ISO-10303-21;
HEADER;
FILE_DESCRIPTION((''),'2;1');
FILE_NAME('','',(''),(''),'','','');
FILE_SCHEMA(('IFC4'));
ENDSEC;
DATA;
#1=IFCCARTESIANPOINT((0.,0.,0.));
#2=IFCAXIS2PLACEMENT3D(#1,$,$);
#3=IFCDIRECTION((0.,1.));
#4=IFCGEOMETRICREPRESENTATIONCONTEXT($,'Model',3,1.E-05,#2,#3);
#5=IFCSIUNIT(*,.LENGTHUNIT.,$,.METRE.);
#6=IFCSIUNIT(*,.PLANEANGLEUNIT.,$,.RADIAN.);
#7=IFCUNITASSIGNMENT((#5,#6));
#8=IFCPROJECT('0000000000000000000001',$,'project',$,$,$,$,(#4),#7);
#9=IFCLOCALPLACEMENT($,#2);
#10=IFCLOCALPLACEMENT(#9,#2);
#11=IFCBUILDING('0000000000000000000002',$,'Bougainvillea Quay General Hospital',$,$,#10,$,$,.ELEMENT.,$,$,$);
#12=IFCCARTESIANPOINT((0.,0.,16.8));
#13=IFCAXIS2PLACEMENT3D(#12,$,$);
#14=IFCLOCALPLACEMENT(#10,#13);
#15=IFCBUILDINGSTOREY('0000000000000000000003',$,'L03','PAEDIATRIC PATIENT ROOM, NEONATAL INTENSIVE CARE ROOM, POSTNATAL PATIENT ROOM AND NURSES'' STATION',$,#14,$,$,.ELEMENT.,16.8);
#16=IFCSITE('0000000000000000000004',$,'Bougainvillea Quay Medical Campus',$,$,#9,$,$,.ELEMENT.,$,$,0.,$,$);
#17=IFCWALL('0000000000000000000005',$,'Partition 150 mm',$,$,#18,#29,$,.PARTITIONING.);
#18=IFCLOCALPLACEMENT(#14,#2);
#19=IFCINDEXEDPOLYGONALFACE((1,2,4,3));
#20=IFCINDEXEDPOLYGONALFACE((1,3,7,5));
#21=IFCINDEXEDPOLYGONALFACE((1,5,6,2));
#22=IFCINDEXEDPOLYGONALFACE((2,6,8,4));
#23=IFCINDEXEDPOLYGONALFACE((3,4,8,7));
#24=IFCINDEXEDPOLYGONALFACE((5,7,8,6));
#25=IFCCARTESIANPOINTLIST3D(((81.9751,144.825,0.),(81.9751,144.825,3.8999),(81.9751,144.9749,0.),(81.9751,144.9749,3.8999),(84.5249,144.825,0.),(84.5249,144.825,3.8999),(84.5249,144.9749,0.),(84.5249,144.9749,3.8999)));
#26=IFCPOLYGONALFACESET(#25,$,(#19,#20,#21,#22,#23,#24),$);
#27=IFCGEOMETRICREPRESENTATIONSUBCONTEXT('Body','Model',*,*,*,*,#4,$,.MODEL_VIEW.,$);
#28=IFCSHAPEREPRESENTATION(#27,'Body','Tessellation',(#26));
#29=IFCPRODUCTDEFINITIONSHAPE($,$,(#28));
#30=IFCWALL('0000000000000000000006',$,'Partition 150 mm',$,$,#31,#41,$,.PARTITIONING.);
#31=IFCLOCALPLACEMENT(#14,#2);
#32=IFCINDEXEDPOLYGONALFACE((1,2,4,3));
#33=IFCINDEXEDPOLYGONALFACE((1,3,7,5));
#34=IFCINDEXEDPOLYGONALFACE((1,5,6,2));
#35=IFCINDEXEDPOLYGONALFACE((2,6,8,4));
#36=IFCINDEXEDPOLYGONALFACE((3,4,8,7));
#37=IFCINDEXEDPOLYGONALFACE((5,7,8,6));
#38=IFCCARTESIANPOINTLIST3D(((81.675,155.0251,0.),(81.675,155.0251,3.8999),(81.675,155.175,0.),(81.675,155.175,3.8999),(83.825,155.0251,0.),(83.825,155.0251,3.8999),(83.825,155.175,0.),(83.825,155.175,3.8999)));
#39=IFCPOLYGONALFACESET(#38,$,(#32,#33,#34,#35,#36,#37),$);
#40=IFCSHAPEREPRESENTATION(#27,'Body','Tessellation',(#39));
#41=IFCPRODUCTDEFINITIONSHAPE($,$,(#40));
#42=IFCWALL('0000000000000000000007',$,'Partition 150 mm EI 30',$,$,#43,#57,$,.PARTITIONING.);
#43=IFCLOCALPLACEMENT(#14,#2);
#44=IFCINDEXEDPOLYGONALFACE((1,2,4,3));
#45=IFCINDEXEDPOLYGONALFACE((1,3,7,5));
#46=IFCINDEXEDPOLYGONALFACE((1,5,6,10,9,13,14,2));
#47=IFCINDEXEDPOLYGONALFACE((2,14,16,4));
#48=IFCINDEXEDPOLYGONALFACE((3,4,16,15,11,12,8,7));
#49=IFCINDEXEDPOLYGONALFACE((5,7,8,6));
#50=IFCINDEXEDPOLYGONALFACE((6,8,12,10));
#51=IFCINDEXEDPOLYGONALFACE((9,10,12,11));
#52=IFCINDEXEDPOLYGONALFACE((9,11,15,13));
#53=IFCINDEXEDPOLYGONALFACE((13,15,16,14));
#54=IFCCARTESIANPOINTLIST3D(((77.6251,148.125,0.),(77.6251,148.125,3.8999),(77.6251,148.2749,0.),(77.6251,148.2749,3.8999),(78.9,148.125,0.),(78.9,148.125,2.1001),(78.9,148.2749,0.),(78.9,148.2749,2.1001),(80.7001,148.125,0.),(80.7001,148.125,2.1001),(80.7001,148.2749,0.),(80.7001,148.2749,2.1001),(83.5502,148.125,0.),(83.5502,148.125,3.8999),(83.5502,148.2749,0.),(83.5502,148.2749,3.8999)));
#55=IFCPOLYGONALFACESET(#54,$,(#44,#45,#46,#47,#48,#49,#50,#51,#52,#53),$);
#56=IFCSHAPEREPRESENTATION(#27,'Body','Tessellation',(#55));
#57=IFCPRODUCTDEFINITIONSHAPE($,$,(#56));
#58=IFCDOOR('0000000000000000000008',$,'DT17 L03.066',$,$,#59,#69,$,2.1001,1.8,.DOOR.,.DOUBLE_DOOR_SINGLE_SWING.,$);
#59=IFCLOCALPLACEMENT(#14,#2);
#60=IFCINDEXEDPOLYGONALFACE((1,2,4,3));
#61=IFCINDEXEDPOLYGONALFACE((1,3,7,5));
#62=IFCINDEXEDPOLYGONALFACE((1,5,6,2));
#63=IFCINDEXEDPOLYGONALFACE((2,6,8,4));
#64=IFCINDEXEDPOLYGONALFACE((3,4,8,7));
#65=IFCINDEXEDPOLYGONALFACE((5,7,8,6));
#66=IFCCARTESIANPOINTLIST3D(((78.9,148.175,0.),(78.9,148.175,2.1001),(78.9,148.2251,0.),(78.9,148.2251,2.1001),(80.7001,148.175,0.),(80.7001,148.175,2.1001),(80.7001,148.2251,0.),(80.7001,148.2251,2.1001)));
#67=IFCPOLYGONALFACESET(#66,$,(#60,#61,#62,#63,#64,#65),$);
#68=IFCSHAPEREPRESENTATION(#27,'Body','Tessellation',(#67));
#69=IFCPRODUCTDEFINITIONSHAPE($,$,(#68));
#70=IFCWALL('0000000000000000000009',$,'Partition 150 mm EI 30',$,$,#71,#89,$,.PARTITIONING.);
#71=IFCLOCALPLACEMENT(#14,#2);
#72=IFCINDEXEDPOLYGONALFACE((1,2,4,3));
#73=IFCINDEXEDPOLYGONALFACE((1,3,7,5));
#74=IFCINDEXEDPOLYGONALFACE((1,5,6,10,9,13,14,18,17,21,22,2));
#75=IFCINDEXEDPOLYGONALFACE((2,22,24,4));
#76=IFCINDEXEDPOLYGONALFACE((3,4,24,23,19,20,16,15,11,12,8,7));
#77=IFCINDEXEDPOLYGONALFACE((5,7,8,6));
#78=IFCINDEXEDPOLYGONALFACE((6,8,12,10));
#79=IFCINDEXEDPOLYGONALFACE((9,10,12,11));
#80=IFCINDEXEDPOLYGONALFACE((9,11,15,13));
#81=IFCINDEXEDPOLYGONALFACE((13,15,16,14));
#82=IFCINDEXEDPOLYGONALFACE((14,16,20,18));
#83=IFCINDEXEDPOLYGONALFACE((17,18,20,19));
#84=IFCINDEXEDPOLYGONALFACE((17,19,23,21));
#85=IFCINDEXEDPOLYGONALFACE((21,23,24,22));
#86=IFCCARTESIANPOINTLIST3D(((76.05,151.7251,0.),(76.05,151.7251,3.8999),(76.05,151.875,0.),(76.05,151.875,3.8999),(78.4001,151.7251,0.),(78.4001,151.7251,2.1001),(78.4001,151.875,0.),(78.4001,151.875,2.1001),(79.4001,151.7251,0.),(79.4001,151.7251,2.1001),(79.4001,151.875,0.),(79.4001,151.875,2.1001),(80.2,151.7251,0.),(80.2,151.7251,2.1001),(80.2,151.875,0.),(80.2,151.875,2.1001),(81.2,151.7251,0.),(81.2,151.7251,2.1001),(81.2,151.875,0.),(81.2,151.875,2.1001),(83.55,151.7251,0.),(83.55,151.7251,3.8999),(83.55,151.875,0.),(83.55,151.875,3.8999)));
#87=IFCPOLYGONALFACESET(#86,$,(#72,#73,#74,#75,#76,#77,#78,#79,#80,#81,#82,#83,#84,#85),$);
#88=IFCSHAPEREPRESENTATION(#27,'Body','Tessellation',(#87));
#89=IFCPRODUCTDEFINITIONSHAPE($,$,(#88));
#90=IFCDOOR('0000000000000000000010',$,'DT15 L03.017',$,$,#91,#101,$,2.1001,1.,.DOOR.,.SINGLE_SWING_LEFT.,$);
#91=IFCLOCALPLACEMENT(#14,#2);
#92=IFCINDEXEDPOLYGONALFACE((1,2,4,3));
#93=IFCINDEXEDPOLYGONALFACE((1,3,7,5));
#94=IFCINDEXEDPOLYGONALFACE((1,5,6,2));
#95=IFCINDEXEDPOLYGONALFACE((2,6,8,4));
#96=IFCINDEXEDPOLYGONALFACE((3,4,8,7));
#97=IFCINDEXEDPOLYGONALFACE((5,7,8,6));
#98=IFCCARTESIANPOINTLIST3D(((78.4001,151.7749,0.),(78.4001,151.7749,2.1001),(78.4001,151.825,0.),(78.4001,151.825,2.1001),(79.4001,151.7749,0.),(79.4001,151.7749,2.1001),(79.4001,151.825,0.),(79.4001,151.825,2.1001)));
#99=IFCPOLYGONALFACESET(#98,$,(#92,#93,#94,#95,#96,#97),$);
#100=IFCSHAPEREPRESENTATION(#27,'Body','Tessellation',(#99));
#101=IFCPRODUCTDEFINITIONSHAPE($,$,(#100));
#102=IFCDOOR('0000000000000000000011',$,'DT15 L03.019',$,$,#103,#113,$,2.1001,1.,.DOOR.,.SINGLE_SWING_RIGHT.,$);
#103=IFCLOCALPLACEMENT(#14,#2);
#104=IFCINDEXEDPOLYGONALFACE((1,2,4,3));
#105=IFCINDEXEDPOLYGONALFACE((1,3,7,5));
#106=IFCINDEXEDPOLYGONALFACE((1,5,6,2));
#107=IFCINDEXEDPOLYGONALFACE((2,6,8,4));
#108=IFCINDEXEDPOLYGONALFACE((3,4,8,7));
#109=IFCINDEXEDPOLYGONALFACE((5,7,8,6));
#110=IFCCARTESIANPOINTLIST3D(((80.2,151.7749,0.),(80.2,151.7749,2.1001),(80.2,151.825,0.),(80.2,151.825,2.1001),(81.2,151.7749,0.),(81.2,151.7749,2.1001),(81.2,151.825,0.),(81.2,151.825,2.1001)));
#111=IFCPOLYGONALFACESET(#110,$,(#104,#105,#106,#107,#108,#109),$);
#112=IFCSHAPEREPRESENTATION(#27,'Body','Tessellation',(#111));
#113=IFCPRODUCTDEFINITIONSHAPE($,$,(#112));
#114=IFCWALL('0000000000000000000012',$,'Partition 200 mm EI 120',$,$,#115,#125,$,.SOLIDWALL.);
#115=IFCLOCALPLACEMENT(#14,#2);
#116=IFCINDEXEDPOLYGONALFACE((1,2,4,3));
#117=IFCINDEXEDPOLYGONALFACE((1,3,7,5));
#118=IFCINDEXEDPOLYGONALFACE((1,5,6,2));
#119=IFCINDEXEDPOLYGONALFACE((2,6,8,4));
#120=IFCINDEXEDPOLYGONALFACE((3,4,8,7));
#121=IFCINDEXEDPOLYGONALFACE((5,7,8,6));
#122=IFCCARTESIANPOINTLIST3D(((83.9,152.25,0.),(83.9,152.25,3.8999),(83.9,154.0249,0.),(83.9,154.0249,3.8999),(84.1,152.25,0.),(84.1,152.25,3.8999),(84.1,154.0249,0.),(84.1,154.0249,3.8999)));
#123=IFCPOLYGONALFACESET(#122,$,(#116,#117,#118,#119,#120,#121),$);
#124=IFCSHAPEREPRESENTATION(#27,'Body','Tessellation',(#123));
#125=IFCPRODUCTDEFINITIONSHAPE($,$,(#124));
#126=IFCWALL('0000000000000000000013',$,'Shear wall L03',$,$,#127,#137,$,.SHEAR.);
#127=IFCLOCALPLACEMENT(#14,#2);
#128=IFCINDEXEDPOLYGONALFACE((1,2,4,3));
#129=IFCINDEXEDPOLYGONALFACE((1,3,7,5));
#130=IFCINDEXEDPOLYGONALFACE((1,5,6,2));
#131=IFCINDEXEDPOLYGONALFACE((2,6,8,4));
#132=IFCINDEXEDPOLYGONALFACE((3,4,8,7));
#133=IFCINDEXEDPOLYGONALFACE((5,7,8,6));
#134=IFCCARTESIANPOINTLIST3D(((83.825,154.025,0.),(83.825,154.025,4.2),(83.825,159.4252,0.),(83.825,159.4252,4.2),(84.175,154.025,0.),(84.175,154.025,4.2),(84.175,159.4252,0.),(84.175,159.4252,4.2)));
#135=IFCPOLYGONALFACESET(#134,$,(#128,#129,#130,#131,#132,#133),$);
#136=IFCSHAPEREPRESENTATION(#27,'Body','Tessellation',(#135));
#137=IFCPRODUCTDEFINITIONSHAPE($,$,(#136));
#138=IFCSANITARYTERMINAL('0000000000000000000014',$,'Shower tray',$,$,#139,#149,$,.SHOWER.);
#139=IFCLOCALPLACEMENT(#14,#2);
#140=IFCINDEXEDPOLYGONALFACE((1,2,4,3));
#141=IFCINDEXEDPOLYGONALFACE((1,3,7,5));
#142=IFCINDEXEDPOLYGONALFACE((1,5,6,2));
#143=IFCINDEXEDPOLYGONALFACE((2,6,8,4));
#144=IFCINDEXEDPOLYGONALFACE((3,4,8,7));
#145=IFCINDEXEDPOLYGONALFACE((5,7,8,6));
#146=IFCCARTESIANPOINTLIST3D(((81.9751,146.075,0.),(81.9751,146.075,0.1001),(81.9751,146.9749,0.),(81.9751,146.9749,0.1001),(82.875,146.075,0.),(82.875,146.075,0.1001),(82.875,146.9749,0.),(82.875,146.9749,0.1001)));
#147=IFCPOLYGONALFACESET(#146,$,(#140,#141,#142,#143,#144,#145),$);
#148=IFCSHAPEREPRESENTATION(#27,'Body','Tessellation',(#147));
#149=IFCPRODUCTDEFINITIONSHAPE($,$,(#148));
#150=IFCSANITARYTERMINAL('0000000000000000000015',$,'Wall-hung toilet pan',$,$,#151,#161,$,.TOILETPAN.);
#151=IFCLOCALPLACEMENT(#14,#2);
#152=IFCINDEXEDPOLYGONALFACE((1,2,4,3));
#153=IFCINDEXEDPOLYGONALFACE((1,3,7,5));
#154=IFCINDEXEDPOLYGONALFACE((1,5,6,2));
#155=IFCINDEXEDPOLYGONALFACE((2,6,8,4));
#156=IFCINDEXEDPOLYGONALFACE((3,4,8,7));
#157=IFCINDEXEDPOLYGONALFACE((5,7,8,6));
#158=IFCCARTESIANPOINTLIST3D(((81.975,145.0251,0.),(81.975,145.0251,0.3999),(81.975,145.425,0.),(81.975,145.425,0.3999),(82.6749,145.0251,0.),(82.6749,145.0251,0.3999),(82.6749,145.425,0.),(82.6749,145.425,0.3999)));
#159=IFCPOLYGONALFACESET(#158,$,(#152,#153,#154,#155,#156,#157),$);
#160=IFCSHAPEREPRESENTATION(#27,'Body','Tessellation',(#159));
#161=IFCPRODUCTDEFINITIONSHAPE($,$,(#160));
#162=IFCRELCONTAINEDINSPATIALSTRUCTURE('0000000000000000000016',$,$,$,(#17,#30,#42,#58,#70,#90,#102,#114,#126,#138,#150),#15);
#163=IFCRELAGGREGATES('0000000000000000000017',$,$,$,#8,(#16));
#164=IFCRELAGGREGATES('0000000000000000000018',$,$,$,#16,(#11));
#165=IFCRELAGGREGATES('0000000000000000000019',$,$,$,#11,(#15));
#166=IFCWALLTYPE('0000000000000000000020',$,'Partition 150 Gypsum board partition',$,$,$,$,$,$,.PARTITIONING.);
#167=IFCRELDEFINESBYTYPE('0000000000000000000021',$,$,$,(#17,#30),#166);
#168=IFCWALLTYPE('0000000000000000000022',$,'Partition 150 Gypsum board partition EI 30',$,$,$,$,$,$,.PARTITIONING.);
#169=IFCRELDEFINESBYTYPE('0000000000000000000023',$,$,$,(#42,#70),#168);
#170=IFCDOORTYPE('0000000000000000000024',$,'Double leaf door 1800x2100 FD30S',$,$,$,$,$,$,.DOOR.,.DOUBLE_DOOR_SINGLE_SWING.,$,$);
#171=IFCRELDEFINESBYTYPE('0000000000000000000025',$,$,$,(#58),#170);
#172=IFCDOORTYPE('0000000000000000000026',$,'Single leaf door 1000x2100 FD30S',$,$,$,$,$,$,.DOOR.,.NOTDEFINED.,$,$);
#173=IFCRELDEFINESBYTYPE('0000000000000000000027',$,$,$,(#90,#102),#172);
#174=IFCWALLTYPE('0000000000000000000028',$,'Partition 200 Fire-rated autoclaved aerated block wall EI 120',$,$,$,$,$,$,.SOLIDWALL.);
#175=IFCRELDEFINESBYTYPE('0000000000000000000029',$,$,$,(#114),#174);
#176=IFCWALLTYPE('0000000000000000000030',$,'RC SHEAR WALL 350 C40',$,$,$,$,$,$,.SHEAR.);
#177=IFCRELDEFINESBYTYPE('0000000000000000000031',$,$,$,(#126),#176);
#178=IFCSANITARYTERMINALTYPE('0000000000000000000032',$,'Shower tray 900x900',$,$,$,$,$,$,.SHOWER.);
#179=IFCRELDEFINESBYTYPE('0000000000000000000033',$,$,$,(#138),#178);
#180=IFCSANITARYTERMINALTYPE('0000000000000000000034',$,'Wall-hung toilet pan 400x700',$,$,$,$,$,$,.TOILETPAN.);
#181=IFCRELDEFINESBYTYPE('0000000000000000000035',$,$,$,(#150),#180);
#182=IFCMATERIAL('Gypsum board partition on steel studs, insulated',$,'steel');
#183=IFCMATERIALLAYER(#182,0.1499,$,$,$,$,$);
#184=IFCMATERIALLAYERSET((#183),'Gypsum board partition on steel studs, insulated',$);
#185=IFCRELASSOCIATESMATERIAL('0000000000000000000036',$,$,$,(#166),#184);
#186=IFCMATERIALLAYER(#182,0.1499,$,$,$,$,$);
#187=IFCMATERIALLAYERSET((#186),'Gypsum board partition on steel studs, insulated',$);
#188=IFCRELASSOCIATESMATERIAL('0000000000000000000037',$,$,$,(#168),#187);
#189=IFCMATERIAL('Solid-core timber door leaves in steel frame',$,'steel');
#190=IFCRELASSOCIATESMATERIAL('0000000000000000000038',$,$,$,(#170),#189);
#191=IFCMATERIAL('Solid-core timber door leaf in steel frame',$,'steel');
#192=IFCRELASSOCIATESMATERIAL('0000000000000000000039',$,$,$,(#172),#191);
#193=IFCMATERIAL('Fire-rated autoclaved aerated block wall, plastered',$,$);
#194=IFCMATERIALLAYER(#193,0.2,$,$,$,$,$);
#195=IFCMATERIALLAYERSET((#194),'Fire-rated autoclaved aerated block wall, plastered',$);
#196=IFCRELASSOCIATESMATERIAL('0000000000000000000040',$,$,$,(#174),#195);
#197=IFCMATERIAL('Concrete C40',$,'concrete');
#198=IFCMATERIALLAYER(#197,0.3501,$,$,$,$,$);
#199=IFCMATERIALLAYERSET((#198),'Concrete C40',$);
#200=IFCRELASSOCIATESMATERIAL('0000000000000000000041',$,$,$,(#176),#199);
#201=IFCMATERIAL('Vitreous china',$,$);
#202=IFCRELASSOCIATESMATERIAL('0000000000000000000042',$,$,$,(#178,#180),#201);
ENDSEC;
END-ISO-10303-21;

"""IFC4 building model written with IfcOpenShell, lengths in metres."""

from ifc_helpers import new_model, si_unit, direction, frame, frame_2d, origin, origin_2d, place, context, subcontext, project, spatial, rectangle, extrude, material, layer, layer_set, type_object, element, fill, save


model = new_model("IFC4")

# Units and contexts
model_context = context("Model", 3, precision=1e-05, world=origin(), true_north=direction((0.0, 1.0)))
body_context = subcontext(model_context, "Body", "Model", "MODEL_VIEW")
ifc_project = project(units=[si_unit("LENGTHUNIT", "METRE"), si_unit("PLANEANGLEUNIT", "RADIAN")], contexts=[model_context])

# Site, building, storey
site_placement = place(None, origin())
site = spatial("IfcSite", under=ifc_project, at=site_placement, Name="Bougainvillea Quay Medical Campus", CompositionType="ELEMENT", RefElevation=0.0)
building_placement = place(site_placement, origin())
building = spatial("IfcBuilding", under=site, at=building_placement, Name="Bougainvillea Quay General Hospital", CompositionType="ELEMENT")
storey_placement = place(building_placement, frame((0.0, 0.0, 16.8)))
storey = spatial("IfcBuildingStorey", under=building, at=storey_placement, Name="L03", Description="PAEDIATRIC PATIENT ROOM, NEONATAL INTENSIVE CARE ROOM, POSTNATAL PATIENT ROOM AND NURSES' STATION", CompositionType="ELEMENT", Elevation=16.8)

# Shared definitions
ifc_material_1 = material(Name="Concrete C40", Category="concrete")

# Shared definitions
ifc_material_2 = material(Name="Gypsum board partition on steel studs, insulated", Category="steel")
ifc_layer_1 = layer(ifc_material_2, 0.1499)
ifc_layer_set_1 = layer_set([ifc_layer_1], Name="Gypsum board partition on steel studs, insulated")
wall_type_1 = type_object("IfcWallType", Name="Partition 150 Gypsum board partition", PredefinedType="PARTITIONING", material=ifc_layer_set_1)

# Shared definitions
ifc_material_3 = material(Name="Solid-core timber door leaf in steel frame", Category="steel")

# Walls
wall_1_placement = place(storey_placement, frame((81.9751, 144.8999, 0.0), z_axis=(0.0, 0.0, 1.0), x_axis=(1.0, 0.0, 0.0)))
element("IfcWall", 1, at=wall_1_placement, inside=storey, type_object=wall_type_1, Name="Partition 150 mm", PredefinedType="PARTITIONING", context=body_context, shape_type="SweptSolid", body=[
    extrude(rectangle(XDim=2.5498, YDim=0.1499, at=frame_2d((1.2749, 0.0))), origin(), (0.0, 0.0, 1.0), 3.8999),
])
wall_2_placement = place(storey_placement, frame((81.675, 155.1001, 0.0), z_axis=(0.0, 0.0, 1.0), x_axis=(1.0, 0.0, 0.0)))
element("IfcWall", 2, at=wall_2_placement, inside=storey, type_object=wall_type_1, Name="Partition 150 mm", PredefinedType="PARTITIONING", context=body_context, shape_type="SweptSolid", body=[
    extrude(rectangle(XDim=2.1499, YDim=0.1499, at=frame_2d((1.075, 0.0))), origin(), (0.0, 0.0, 1.0), 3.8999),
])

# Wall, opening, door
ifc_layer_2 = layer(ifc_material_2, 0.1499)
ifc_layer_set_2 = layer_set([ifc_layer_2], Name="Gypsum board partition on steel studs, insulated")
wall_type_2 = type_object("IfcWallType", Name="Partition 150 Gypsum board partition EI 30", PredefinedType="PARTITIONING", material=ifc_layer_set_2)
wall_3_placement = place(storey_placement, frame((83.55, 148.2, 0.0), z_axis=(0.0, 0.0, 1.0), x_axis=(-1.0, 0.0, 0.0)))
wall_3 = element("IfcWall", 3, at=wall_3_placement, inside=storey, type_object=wall_type_2, Name="Partition 150 mm EI 30", PredefinedType="PARTITIONING", context=body_context, shape_type="SweptSolid", body=[
    extrude(rectangle(XDim=5.925, YDim=0.1499, at=frame_2d((2.9624, 0.0))), origin(), (0.0, 0.0, 1.0), 3.8999),
])
opening_1_placement = place(wall_3_placement, frame((2.8501, 0.0, 0.0)))
opening_1 = element("IfcOpeningElement", 4, at=opening_1_placement, cuts=wall_3, PredefinedType="OPENING", context=body_context, shape_type="SweptSolid", body=[
    extrude(rectangle(XDim=1.8, YDim=2.1001, at=frame_2d((0.8999, 1.05))), frame((0.0, 0.085, 0.0), z_axis=(0.0, -1.0, 0.0), x_axis=(1.0, 0.0, 0.0)), (0.0, 0.0, 1.0), 0.1699),
])
ifc_material_4 = material(Name="Solid-core timber door leaves in steel frame", Category="steel")
door_type_1 = type_object("IfcDoorType", Name="Double leaf door 1800x2100 FD30S", OperationType="DOUBLE_DOOR_SINGLE_SWING", PredefinedType="DOOR", material=ifc_material_4)
door_1_placement = place(opening_1_placement, origin())
door_1 = element("IfcDoor", 5, at=door_1_placement, inside=storey, type_object=door_type_1, Name="DT17 L03.066", OperationType="DOUBLE_DOOR_SINGLE_SWING", OverallHeight=2.1001, OverallWidth=1.8, PredefinedType="DOOR", context=body_context, shape_type="SweptSolid", body=[
    extrude(rectangle(XDim=1.8, YDim=2.1001, at=frame_2d((0.8999, 1.05))), frame((0.0, 0.0249, 0.0), z_axis=(0.0, -1.0, 0.0), x_axis=(1.0, 0.0, 0.0)), (0.0, 0.0, 1.0), 0.05),
])
fill(opening_1, door_1)

# Wall, openings, doors
wall_4_placement = place(storey_placement, frame((83.55, 151.8, 0.0), z_axis=(0.0, 0.0, 1.0), x_axis=(-1.0, 0.0, 0.0)))
wall_4 = element("IfcWall", 6, at=wall_4_placement, inside=storey, type_object=wall_type_2, Name="Partition 150 mm EI 30", PredefinedType="PARTITIONING", context=body_context, shape_type="SweptSolid", body=[
    extrude(rectangle(XDim=7.5, YDim=0.1499, at=frame_2d((3.75, 0.0))), origin(), (0.0, 0.0, 1.0), 3.8999),
])
opening_2_placement = place(wall_4_placement, frame((4.1499, 0.0, 0.0)))
opening_2 = element("IfcOpeningElement", 7, at=opening_2_placement, cuts=wall_4, PredefinedType="OPENING", context=body_context, shape_type="SweptSolid", body=[
    extrude(rectangle(XDim=1.0, YDim=2.1001, at=frame_2d((0.5, 1.05))), frame((0.0, 0.085, 0.0), z_axis=(0.0, -1.0, 0.0), x_axis=(1.0, 0.0, 0.0)), (0.0, 0.0, 1.0), 0.1699),
])
opening_3_placement = place(wall_4_placement, frame((2.3501, 0.0, 0.0)))
opening_3 = element("IfcOpeningElement", 8, at=opening_3_placement, cuts=wall_4, PredefinedType="OPENING", context=body_context, shape_type="SweptSolid", body=[
    extrude(rectangle(XDim=1.0, YDim=2.1001, at=frame_2d((0.5, 1.05))), frame((0.0, 0.085, 0.0), z_axis=(0.0, -1.0, 0.0), x_axis=(1.0, 0.0, 0.0)), (0.0, 0.0, 1.0), 0.1699),
])
door_type_2 = type_object("IfcDoorType", Name="Single leaf door 1000x2100 FD30S", OperationType="NOTDEFINED", PredefinedType="DOOR", material=ifc_material_3)
door_2_placement = place(opening_2_placement, frame((1.0, 0.0, 0.0), z_axis=(0.0, 0.0, 1.0), x_axis=(-1.0, 0.0, 0.0)))
door_2 = element("IfcDoor", 9, at=door_2_placement, inside=storey, type_object=door_type_2, Name="DT15 L03.017", OperationType="SINGLE_SWING_LEFT", OverallHeight=2.1001, OverallWidth=1.0, PredefinedType="DOOR", context=body_context, shape_type="SweptSolid", body=[
    extrude(rectangle(XDim=1.0, YDim=2.1001, at=frame_2d((0.5, 1.05))), frame((0.0, 0.0249, 0.0), z_axis=(0.0, -1.0, 0.0), x_axis=(1.0, 0.0, 0.0)), (0.0, 0.0, 1.0), 0.05),
])
fill(opening_2, door_2)
door_3_placement = place(opening_3_placement, frame((1.0, 0.0, 0.0), z_axis=(0.0, 0.0, 1.0), x_axis=(-1.0, 0.0, 0.0)))
door_3 = element("IfcDoor", 10, at=door_3_placement, inside=storey, type_object=door_type_2, Name="DT15 L03.019", OperationType="SINGLE_SWING_RIGHT", OverallHeight=2.1001, OverallWidth=1.0, PredefinedType="DOOR", context=body_context, shape_type="SweptSolid", body=[
    extrude(rectangle(XDim=1.0, YDim=2.1001, at=frame_2d((0.5, 1.05))), frame((0.0, 0.0249, 0.0), z_axis=(0.0, -1.0, 0.0), x_axis=(1.0, 0.0, 0.0)), (0.0, 0.0, 1.0), 0.05),
])
fill(opening_3, door_3)

# Walls
ifc_material_5 = material(Name="Fire-rated autoclaved aerated block wall, plastered")
ifc_layer_3 = layer(ifc_material_5, 0.2)
ifc_layer_set_3 = layer_set([ifc_layer_3], Name="Fire-rated autoclaved aerated block wall, plastered")
wall_type_3 = type_object("IfcWallType", Name="Partition 200 Fire-rated autoclaved aerated block wall EI 120", PredefinedType="SOLIDWALL", material=ifc_layer_set_3)
wall_5_placement = place(storey_placement, frame((84.0, 152.25, 0.0), z_axis=(0.0, 0.0, 1.0), x_axis=(0.0, 1.0, 0.0)))
element("IfcWall", 11, at=wall_5_placement, inside=storey, type_object=wall_type_3, Name="Partition 200 mm EI 120", PredefinedType="SOLIDWALL", context=body_context, shape_type="SweptSolid", body=[
    extrude(rectangle(XDim=1.7749, YDim=0.2, at=frame_2d((0.8875, 0.0))), origin(), (0.0, 0.0, 1.0), 3.8999),
])
ifc_layer_4 = layer(ifc_material_1, 0.3501)
ifc_layer_set_4 = layer_set([ifc_layer_4], Name="Concrete C40")
wall_type_4 = type_object("IfcWallType", Name="RC SHEAR WALL 350 C40", PredefinedType="SHEAR", material=ifc_layer_set_4)
wall_6_placement = place(storey_placement, frame((84.0, 154.0249, 0.0), z_axis=(0.0, 0.0, 1.0), x_axis=(0.0, 1.0, 0.0)))
element("IfcWall", 12, at=wall_6_placement, inside=storey, type_object=wall_type_4, Name="Shear wall L03", PredefinedType="SHEAR", context=body_context, shape_type="SweptSolid", body=[
    extrude(rectangle(XDim=5.4001, YDim=0.3501, at=frame_2d((2.7002, 0.0))), origin(), (0.0, 0.0, 1.0), 4.2),
])

# Sanitary terminals
ifc_material_6 = material(Name="Vitreous china")
sanitary_terminal_type_1 = type_object("IfcSanitaryTerminalType", Name="Shower tray 900x900", PredefinedType="SHOWER", material=ifc_material_6)
sanitary_terminal_1_placement = place(storey_placement, frame((82.425, 146.5249, 0.0), z_axis=(0.0, 0.0, 1.0), x_axis=(0.0, 1.0, 0.0)))
element("IfcSanitaryTerminal", 13, at=sanitary_terminal_1_placement, inside=storey, type_object=sanitary_terminal_type_1, Name="Shower tray", PredefinedType="SHOWER", context=body_context, shape_type="SweptSolid", body=[
    extrude(rectangle(XDim=0.8999, YDim=0.8999, at=origin_2d()), origin(), (0.0, 0.0, 1.0), 0.1001),
])
sanitary_terminal_type_2 = type_object("IfcSanitaryTerminalType", Name="Wall-hung toilet pan 400x700", PredefinedType="TOILETPAN", material=ifc_material_6)
sanitary_terminal_2_placement = place(storey_placement, frame((82.325, 145.2251, 0.0), z_axis=(0.0, 0.0, 1.0), x_axis=(0.0, 1.0, 0.0)))
element("IfcSanitaryTerminal", 14, at=sanitary_terminal_2_placement, inside=storey, type_object=sanitary_terminal_type_2, Name="Wall-hung toilet pan", PredefinedType="TOILETPAN", context=body_context, shape_type="SweptSolid", body=[
    extrude(rectangle(XDim=0.3999, YDim=0.7, at=origin_2d()), origin(), (0.0, 0.0, 1.0), 0.3999),
])

save(model, "model.ifc")
